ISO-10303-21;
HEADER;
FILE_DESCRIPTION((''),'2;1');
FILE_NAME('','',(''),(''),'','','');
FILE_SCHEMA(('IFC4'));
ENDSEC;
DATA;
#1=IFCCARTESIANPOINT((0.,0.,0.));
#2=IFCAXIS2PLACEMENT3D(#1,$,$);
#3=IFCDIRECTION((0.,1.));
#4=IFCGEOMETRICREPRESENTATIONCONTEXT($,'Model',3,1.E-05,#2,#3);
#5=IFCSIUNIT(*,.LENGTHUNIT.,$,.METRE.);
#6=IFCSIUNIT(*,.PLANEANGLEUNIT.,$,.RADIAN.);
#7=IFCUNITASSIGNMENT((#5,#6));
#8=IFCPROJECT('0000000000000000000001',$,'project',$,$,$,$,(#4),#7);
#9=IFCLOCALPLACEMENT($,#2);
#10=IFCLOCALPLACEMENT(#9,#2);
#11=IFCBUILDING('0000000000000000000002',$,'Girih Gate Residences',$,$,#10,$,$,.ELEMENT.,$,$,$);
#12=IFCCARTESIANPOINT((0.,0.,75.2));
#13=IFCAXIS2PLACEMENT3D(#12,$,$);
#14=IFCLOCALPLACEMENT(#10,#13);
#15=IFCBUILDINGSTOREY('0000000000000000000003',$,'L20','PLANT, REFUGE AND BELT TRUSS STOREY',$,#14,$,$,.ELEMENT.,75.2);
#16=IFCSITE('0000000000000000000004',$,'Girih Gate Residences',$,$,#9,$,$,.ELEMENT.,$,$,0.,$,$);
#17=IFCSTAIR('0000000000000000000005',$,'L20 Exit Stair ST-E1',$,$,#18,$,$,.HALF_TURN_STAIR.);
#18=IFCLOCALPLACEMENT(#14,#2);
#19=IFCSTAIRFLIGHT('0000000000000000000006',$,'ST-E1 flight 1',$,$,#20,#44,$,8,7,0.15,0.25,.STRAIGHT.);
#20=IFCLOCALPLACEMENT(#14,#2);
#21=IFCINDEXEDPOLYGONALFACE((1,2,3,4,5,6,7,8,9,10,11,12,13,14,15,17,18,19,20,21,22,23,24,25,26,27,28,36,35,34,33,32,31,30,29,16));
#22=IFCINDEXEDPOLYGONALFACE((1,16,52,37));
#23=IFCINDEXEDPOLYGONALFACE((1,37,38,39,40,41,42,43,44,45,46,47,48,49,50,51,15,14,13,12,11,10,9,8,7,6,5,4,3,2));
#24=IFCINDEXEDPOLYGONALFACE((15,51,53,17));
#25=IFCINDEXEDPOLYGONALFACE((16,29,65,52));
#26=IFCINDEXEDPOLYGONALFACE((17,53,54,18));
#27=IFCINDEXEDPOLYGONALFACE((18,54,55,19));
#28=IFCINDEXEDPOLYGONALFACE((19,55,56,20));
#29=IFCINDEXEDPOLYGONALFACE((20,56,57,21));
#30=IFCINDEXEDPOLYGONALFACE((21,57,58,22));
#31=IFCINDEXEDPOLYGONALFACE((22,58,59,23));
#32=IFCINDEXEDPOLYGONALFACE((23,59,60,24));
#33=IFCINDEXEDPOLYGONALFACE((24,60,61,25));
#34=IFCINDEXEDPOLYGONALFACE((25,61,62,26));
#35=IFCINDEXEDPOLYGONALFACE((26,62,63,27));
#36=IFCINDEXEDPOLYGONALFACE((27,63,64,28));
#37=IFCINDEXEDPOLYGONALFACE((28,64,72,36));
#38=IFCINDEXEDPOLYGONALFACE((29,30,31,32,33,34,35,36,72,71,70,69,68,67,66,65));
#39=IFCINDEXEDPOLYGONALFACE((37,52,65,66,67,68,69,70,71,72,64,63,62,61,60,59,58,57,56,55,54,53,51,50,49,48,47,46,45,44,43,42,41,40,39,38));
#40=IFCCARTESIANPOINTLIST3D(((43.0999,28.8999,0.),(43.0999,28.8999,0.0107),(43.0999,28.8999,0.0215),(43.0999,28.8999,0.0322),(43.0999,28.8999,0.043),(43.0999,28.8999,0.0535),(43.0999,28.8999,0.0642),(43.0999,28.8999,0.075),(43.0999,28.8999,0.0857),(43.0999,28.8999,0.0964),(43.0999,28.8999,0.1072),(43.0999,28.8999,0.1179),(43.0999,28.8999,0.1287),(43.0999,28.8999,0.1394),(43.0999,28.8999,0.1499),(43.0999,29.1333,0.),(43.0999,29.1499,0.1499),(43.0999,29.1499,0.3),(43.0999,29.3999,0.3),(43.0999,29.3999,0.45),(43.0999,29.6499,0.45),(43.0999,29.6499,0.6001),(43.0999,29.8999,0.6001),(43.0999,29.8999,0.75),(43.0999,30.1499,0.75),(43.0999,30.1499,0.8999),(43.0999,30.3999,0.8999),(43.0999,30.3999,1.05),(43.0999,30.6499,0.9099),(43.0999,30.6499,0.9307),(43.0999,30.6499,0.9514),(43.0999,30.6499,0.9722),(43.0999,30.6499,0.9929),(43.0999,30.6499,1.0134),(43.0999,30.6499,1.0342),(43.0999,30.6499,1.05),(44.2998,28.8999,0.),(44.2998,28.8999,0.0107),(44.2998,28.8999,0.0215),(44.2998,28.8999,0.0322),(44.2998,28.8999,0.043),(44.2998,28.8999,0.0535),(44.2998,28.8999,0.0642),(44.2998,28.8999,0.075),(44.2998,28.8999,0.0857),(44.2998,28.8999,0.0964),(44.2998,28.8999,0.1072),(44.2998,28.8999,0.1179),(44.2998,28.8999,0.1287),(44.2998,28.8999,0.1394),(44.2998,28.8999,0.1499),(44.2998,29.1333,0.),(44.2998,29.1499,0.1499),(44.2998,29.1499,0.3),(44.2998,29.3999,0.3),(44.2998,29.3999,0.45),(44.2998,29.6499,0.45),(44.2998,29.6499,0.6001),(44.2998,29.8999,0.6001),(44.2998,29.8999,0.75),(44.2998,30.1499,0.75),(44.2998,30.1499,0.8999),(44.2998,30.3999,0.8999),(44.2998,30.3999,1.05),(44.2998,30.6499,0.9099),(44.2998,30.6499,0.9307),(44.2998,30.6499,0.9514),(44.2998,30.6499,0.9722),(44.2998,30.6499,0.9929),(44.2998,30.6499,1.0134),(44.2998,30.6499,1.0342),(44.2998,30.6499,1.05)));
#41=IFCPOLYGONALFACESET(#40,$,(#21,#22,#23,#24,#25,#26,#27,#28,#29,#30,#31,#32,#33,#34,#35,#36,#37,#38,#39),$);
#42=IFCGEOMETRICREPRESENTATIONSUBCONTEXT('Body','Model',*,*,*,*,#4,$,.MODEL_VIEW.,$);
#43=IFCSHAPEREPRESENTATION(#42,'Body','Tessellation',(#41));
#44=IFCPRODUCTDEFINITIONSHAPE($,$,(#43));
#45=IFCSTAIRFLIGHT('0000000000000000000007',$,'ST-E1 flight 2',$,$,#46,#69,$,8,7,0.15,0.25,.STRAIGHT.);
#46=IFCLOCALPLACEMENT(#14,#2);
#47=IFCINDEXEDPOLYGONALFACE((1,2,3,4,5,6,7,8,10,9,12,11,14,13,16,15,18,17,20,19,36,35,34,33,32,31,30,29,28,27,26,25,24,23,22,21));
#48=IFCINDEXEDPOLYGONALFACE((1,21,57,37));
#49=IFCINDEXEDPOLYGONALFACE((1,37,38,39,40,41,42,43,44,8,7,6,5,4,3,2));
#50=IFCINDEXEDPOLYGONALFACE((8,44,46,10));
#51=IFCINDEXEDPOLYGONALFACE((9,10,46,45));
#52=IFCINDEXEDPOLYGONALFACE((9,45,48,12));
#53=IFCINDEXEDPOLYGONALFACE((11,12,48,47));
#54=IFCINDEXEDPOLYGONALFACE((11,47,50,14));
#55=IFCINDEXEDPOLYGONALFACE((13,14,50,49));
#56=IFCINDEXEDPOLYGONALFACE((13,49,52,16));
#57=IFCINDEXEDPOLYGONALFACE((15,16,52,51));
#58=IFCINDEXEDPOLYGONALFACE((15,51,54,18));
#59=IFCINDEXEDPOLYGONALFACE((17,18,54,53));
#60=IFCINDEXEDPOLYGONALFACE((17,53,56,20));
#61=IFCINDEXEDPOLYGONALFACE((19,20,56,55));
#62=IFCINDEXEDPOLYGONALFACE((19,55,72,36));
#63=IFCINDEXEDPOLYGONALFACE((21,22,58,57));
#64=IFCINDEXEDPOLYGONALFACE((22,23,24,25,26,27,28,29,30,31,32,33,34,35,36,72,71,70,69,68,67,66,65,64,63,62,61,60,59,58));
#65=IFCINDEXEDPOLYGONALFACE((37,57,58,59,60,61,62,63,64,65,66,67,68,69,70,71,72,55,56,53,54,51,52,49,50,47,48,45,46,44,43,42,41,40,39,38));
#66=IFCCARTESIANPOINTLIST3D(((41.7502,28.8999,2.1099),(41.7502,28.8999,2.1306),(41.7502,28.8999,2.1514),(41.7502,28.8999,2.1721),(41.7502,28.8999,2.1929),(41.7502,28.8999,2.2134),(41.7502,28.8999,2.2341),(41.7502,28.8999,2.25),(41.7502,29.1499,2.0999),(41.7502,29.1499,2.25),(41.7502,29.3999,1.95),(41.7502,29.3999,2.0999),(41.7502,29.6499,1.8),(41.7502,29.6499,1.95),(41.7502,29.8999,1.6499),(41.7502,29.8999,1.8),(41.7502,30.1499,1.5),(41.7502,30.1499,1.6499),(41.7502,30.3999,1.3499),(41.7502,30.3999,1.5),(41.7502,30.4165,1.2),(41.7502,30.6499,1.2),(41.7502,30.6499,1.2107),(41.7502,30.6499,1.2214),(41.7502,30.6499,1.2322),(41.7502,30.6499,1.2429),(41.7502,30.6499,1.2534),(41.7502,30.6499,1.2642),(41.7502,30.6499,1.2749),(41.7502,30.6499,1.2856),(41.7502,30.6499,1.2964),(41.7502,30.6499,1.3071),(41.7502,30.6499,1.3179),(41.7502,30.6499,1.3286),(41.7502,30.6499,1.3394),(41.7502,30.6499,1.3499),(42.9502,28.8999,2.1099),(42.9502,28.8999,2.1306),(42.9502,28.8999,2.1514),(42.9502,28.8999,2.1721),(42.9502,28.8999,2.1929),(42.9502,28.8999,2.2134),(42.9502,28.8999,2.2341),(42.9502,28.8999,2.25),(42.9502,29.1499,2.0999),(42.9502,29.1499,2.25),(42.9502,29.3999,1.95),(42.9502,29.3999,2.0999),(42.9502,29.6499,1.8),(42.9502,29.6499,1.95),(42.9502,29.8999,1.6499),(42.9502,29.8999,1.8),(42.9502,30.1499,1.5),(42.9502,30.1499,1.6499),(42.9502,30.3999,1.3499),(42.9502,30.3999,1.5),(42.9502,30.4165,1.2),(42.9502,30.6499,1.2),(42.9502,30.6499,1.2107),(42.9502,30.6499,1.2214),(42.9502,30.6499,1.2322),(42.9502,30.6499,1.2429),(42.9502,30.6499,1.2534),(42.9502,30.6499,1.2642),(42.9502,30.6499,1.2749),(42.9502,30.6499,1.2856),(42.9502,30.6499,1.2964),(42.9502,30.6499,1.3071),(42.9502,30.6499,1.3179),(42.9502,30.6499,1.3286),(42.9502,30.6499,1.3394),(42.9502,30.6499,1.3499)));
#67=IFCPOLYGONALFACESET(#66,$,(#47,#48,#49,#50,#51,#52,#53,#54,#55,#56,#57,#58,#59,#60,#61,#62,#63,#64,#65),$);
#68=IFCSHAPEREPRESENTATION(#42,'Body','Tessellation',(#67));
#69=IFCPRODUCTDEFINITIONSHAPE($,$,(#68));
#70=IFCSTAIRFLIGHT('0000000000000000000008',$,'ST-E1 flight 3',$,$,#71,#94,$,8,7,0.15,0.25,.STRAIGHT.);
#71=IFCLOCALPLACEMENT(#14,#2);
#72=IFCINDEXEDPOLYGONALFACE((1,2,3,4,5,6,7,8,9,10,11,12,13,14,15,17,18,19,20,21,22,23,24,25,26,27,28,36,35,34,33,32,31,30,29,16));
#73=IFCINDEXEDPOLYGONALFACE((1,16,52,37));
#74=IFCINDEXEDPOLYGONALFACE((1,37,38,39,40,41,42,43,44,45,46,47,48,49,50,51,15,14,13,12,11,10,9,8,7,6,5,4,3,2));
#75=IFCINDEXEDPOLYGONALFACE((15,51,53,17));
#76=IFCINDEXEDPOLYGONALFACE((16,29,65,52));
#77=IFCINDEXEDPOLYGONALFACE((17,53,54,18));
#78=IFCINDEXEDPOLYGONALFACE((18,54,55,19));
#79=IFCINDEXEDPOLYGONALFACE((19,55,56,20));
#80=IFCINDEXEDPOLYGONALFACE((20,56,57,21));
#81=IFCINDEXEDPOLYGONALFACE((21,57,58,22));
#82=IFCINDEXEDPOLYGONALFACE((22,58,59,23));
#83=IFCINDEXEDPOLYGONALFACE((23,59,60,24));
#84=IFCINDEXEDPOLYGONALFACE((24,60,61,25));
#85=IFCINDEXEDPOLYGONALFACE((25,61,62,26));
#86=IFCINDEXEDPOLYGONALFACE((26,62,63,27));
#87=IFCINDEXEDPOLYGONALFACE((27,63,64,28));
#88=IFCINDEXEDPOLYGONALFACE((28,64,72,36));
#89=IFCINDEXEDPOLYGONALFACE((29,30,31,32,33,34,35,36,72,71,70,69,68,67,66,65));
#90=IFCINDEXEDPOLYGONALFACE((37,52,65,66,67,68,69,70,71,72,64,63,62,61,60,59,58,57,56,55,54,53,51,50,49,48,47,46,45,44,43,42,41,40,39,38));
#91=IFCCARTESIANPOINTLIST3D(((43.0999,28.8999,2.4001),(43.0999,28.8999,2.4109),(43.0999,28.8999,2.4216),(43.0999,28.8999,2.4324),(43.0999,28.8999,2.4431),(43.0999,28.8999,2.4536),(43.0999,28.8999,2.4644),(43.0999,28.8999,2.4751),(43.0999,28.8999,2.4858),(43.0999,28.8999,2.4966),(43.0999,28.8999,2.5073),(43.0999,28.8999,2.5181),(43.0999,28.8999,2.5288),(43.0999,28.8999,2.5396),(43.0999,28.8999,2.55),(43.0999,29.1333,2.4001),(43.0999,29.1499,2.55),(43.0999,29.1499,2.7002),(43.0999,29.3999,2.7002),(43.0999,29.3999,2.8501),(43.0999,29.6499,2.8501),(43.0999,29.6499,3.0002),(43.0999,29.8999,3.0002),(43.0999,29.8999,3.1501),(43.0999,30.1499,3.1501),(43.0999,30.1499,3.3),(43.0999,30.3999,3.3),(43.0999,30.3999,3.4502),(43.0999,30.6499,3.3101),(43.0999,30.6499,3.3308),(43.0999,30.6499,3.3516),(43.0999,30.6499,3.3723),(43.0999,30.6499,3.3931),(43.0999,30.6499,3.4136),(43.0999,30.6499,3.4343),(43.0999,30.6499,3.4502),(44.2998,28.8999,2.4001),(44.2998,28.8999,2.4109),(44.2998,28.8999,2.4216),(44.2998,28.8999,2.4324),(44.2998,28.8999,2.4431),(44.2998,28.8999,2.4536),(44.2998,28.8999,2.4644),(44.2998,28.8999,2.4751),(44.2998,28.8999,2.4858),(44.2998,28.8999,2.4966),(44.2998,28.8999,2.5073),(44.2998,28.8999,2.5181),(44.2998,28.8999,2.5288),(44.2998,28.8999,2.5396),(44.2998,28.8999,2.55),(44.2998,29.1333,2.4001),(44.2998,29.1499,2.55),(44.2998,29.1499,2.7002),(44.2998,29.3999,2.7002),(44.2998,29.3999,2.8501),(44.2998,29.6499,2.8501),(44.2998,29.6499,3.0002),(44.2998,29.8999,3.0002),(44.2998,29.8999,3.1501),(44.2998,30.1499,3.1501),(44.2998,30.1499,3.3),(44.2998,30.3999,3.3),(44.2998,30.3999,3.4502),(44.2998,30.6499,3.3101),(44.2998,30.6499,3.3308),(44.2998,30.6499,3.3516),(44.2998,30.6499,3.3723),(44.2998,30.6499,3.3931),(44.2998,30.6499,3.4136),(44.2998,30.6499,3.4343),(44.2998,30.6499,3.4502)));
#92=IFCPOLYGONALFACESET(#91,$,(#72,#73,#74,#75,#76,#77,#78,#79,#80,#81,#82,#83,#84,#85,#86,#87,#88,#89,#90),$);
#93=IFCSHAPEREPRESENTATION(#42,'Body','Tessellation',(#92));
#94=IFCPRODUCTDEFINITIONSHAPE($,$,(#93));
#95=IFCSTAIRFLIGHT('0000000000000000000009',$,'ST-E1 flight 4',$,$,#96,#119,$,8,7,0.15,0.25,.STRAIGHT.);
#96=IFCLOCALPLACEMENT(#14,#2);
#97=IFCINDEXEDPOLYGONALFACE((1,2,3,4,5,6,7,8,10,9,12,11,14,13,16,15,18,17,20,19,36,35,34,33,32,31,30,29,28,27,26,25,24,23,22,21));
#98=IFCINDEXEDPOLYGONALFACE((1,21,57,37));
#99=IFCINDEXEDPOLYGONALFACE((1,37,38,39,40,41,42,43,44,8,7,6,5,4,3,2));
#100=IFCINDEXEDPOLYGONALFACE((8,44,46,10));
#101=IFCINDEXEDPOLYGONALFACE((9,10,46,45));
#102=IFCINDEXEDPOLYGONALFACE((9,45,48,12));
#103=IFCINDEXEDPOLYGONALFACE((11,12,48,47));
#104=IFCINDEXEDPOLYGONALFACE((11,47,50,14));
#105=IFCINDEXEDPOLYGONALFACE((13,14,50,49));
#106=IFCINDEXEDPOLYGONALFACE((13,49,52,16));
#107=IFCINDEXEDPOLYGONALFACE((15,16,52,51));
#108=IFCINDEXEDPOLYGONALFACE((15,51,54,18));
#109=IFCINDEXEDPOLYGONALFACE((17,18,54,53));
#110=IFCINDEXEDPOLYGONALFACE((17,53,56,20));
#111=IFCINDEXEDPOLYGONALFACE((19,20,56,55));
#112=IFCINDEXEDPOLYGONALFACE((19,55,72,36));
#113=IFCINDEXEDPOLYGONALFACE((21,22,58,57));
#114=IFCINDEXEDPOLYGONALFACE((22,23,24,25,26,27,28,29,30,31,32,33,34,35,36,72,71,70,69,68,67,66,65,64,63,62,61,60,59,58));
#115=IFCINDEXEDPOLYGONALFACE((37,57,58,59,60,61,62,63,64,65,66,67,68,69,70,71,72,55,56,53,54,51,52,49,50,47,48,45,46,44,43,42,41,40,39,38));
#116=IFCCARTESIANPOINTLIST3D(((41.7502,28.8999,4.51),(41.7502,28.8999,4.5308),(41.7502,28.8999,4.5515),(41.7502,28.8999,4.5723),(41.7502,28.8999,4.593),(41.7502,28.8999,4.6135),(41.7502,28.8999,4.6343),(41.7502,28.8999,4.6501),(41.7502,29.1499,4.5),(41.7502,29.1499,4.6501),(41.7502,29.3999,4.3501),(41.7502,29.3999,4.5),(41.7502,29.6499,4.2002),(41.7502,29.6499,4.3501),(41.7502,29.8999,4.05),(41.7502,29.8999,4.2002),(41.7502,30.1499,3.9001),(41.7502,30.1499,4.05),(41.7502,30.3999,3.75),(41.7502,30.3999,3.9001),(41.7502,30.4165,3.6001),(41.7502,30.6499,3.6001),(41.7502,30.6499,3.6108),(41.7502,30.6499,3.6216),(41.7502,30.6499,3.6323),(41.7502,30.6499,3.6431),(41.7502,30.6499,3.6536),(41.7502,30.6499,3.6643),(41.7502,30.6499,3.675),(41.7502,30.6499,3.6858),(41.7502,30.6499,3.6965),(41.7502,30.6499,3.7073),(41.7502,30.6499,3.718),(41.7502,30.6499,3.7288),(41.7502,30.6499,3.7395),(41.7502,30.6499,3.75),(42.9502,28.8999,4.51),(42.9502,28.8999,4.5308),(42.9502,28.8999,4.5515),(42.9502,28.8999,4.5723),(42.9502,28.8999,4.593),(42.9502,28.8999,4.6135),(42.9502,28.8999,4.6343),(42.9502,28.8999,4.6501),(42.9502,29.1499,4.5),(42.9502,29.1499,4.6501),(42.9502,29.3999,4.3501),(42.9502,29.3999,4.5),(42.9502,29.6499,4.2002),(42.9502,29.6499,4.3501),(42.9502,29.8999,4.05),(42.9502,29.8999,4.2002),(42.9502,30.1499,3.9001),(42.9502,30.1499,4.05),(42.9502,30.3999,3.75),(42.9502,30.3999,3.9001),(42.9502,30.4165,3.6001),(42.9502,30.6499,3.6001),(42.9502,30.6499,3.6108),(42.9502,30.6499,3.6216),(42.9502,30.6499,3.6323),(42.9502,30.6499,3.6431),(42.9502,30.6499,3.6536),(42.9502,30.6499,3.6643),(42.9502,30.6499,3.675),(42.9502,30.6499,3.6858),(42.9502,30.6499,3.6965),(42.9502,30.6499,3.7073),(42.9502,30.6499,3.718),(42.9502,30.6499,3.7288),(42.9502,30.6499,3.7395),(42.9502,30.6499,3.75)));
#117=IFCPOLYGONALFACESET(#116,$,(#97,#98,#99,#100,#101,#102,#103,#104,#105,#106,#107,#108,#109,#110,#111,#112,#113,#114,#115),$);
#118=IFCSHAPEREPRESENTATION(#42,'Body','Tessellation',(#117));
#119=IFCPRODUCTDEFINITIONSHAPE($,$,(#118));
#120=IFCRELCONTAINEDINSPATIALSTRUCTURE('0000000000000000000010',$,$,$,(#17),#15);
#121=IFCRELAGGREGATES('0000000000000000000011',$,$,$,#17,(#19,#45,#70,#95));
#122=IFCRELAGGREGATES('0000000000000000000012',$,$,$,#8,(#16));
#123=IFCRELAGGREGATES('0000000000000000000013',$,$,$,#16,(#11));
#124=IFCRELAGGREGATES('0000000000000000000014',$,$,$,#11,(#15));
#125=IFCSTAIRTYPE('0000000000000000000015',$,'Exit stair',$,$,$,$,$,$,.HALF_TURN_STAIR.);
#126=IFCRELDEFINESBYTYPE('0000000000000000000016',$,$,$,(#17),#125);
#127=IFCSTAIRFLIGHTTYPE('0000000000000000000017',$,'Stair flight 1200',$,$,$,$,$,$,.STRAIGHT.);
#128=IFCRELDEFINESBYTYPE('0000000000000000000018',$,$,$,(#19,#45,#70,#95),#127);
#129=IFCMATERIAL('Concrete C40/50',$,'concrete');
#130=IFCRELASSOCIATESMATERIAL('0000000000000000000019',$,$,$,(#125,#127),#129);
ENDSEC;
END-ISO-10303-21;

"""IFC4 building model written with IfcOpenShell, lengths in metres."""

from ifc_helpers import new_model, si_unit, direction, frame, origin, place, context, subcontext, project, spatial, polyline, outline, extrude, material, type_object, element, aggregate, save


model = new_model("IFC4")

# Units and contexts
model_context = context("Model", 3, precision=1e-05, world=origin(), true_north=direction((0.0, 1.0)))
body_context = subcontext(model_context, "Body", "Model", "MODEL_VIEW")
ifc_project = project(units=[si_unit("LENGTHUNIT", "METRE"), si_unit("PLANEANGLEUNIT", "RADIAN")], contexts=[model_context])

# Site, building, storey
site_placement = place(None, origin())
site = spatial("IfcSite", under=ifc_project, at=site_placement, Name="Girih Gate Residences", CompositionType="ELEMENT", RefElevation=0.0)
building_placement = place(site_placement, origin())
building = spatial("IfcBuilding", under=site, at=building_placement, Name="Girih Gate Residences", CompositionType="ELEMENT")
storey_placement = place(building_placement, frame((0.0, 0.0, 75.2)))
storey = spatial("IfcBuildingStorey", under=building, at=storey_placement, Name="L20", Description="PLANT, REFUGE AND BELT TRUSS STOREY", CompositionType="ELEMENT", Elevation=75.2)

# Shared definitions
ifc_material_1 = material(Name="Concrete C40/50", Category="concrete")

# Stair, stair flights
stair_type = type_object("IfcStairType", Name="Exit stair", PredefinedType="HALF_TURN_STAIR", material=ifc_material_1)
stair_placement = place(storey_placement, origin())
stair = element("IfcStair", 1, at=stair_placement, inside=storey, type_object=stair_type, Name="L20 Exit Stair ST-E1", PredefinedType="HALF_TURN_STAIR")
stair_flight_type = type_object("IfcStairFlightType", Name="Stair flight 1200", PredefinedType="STRAIGHT", material=ifc_material_1)
stair_flight_1_placement = place(storey_placement, frame((43.7, 28.8999, 0.0), z_axis=(0.0, 0.0, 1.0), x_axis=(0.0, 1.0, 0.0)))
stair_flight_1 = element("IfcStairFlight", 2, at=stair_flight_1_placement, type_object=stair_flight_type, Name="ST-E1 flight 1", NumberOfRisers=8, NumberOfTreads=7, PredefinedType="STRAIGHT", RiserHeight=0.15, TreadLength=0.25, context=body_context, shape_type="SweptSolid", body=[
    extrude(outline(polyline([(0.0, 0.0), (0.0, 0.0107), (0.0, 0.0215), (0.0, 0.0322), (0.0, 0.043), (0.0, 0.0535), (0.0, 0.0642), (0.0, 0.075), (0.0, 0.0857), (0.0, 0.0964), (0.0, 0.1072), (0.0, 0.1179), (0.0, 0.1287), (0.0, 0.1394), (0.0, 0.1499), (0.25, 0.1499), (0.25, 0.3), (0.5, 0.3), (0.5, 0.45), (0.75, 0.45), (0.75, 0.6001), (1.0, 0.6001), (1.0, 0.75), (1.25, 0.75), (1.25, 0.8999), (1.5, 0.8999), (1.5, 1.05), (1.75, 1.05), (1.75, 1.0608), (1.75, 1.0715), (1.75, 1.082), (1.75, 1.0928), (1.75, 1.1035), (1.75, 1.1143), (1.75, 1.125), (1.75, 1.1357), (1.75, 1.1465), (1.75, 1.1572), (1.75, 1.168), (1.75, 1.1785), (1.75, 1.1892), (1.75, 1.2), (1.75, 1.1792), (1.75, 1.1584), (1.75, 1.1379), (1.75, 1.1172), (1.75, 1.0964), (1.75, 1.0757), (1.75, 1.0549), (1.75, 1.0342), (1.75, 1.0134), (1.75, 0.9929), (1.75, 0.9722), (1.75, 0.9514), (1.75, 0.9307), (1.75, 0.9099), (0.2334, 0.0), (0.0, 0.0)])), frame((0.0, 0.6001, 0.0), z_axis=(0.0, -1.0, 0.0), x_axis=(1.0, 0.0, 0.0)), (0.0, 0.0, 1.0), 1.2),
])
stair_flight_2_placement = place(storey_placement, frame((42.3501, 30.6499, 1.2), z_axis=(0.0, 0.0, 1.0), x_axis=(0.0, -1.0, 0.0)))
stair_flight_2 = element("IfcStairFlight", 3, at=stair_flight_2_placement, type_object=stair_flight_type, Name="ST-E1 flight 2", NumberOfRisers=8, NumberOfTreads=7, PredefinedType="STRAIGHT", RiserHeight=0.15, TreadLength=0.25, context=body_context, shape_type="SweptSolid", body=[
    extrude(outline(polyline([(0.0, 0.0), (0.0, 0.0107), (0.0, 0.0215), (0.0, 0.0322), (0.0, 0.043), (0.0, 0.0535), (0.0, 0.0642), (0.0, 0.075), (0.0, 0.0857), (0.0, 0.0964), (0.0, 0.1072), (0.0, 0.1179), (0.0, 0.1287), (0.0, 0.1394), (0.0, 0.1499), (0.25, 0.1499), (0.25, 0.3), (0.5, 0.3), (0.5, 0.45), (0.75, 0.45), (0.75, 0.6001), (1.0, 0.6001), (1.0, 0.75), (1.25, 0.75), (1.25, 0.8999), (1.5, 0.8999), (1.5, 1.05), (1.75, 1.05), (1.75, 1.0608), (1.75, 1.0715), (1.75, 1.082), (1.75, 1.0928), (1.75, 1.1035), (1.75, 1.1143), (1.75, 1.125), (1.75, 1.1357), (1.75, 1.1465), (1.75, 1.1572), (1.75, 1.168), (1.75, 1.1785), (1.75, 1.1892), (1.75, 1.2), (1.75, 1.1792), (1.75, 1.1584), (1.75, 1.1379), (1.75, 1.1172), (1.75, 1.0964), (1.75, 1.0757), (1.75, 1.0549), (1.75, 1.0342), (1.75, 1.0134), (1.75, 0.9929), (1.75, 0.9722), (1.75, 0.9514), (1.75, 0.9307), (1.75, 0.9099), (0.2334, 0.0), (0.0, 0.0)])), frame((0.0, 0.6001, 0.0), z_axis=(0.0, -1.0, 0.0), x_axis=(1.0, 0.0, 0.0)), (0.0, 0.0, 1.0), 1.2),
])
stair_flight_3_placement = place(storey_placement, frame((43.7, 28.8999, 2.4001), z_axis=(0.0, 0.0, 1.0), x_axis=(0.0, 1.0, 0.0)))
stair_flight_3 = element("IfcStairFlight", 4, at=stair_flight_3_placement, type_object=stair_flight_type, Name="ST-E1 flight 3", NumberOfRisers=8, NumberOfTreads=7, PredefinedType="STRAIGHT", RiserHeight=0.15, TreadLength=0.25, context=body_context, shape_type="SweptSolid", body=[
    extrude(outline(polyline([(0.0, 0.0), (0.0, 0.0107), (0.0, 0.0215), (0.0, 0.0322), (0.0, 0.043), (0.0, 0.0535), (0.0, 0.0642), (0.0, 0.075), (0.0, 0.0857), (0.0, 0.0964), (0.0, 0.1072), (0.0, 0.1179), (0.0, 0.1287), (0.0, 0.1394), (0.0, 0.1499), (0.25, 0.1499), (0.25, 0.3), (0.5, 0.3), (0.5, 0.45), (0.75, 0.45), (0.75, 0.6001), (1.0, 0.6001), (1.0, 0.75), (1.25, 0.75), (1.25, 0.8999), (1.5, 0.8999), (1.5, 1.05), (1.75, 1.05), (1.75, 1.0608), (1.75, 1.0715), (1.75, 1.082), (1.75, 1.0928), (1.75, 1.1035), (1.75, 1.1143), (1.75, 1.125), (1.75, 1.1357), (1.75, 1.1465), (1.75, 1.1572), (1.75, 1.168), (1.75, 1.1785), (1.75, 1.1892), (1.75, 1.2), (1.75, 1.1792), (1.75, 1.1584), (1.75, 1.1379), (1.75, 1.1172), (1.75, 1.0964), (1.75, 1.0757), (1.75, 1.0549), (1.75, 1.0342), (1.75, 1.0134), (1.75, 0.9929), (1.75, 0.9722), (1.75, 0.9514), (1.75, 0.9307), (1.75, 0.9099), (0.2334, 0.0), (0.0, 0.0)])), frame((0.0, 0.6001, 0.0), z_axis=(0.0, -1.0, 0.0), x_axis=(1.0, 0.0, 0.0)), (0.0, 0.0, 1.0), 1.2),
])
stair_flight_4_placement = place(storey_placement, frame((42.3501, 30.6499, 3.6001), z_axis=(0.0, 0.0, 1.0), x_axis=(0.0, -1.0, 0.0)))
stair_flight_4 = element("IfcStairFlight", 5, at=stair_flight_4_placement, type_object=stair_flight_type, Name="ST-E1 flight 4", NumberOfRisers=8, NumberOfTreads=7, PredefinedType="STRAIGHT", RiserHeight=0.15, TreadLength=0.25, context=body_context, shape_type="SweptSolid", body=[
    extrude(outline(polyline([(0.0, 0.0), (0.0, 0.0107), (0.0, 0.0215), (0.0, 0.0322), (0.0, 0.043), (0.0, 0.0535), (0.0, 0.0642), (0.0, 0.075), (0.0, 0.0857), (0.0, 0.0964), (0.0, 0.1072), (0.0, 0.1179), (0.0, 0.1287), (0.0, 0.1394), (0.0, 0.1499), (0.25, 0.1499), (0.25, 0.3), (0.5, 0.3), (0.5, 0.45), (0.75, 0.45), (0.75, 0.6001), (1.0, 0.6001), (1.0, 0.75), (1.25, 0.75), (1.25, 0.8999), (1.5, 0.8999), (1.5, 1.05), (1.75, 1.05), (1.75, 1.0608), (1.75, 1.0715), (1.75, 1.082), (1.75, 1.0928), (1.75, 1.1035), (1.75, 1.1143), (1.75, 1.125), (1.75, 1.1357), (1.75, 1.1465), (1.75, 1.1572), (1.75, 1.168), (1.75, 1.1785), (1.75, 1.1892), (1.75, 1.2), (1.75, 1.1792), (1.75, 1.1584), (1.75, 1.1379), (1.75, 1.1172), (1.75, 1.0964), (1.75, 1.0757), (1.75, 1.0549), (1.75, 1.0342), (1.75, 1.0134), (1.75, 0.9929), (1.75, 0.9722), (1.75, 0.9514), (1.75, 0.9307), (1.75, 0.9099), (0.2334, 0.0), (0.0, 0.0)])), frame((0.0, 0.6001, 0.0), z_axis=(0.0, -1.0, 0.0), x_axis=(1.0, 0.0, 0.0)), (0.0, 0.0, 1.0), 1.2),
])
aggregate(stair, [stair_flight_1, stair_flight_2, stair_flight_3, stair_flight_4])

save(model, "model.ifc")
